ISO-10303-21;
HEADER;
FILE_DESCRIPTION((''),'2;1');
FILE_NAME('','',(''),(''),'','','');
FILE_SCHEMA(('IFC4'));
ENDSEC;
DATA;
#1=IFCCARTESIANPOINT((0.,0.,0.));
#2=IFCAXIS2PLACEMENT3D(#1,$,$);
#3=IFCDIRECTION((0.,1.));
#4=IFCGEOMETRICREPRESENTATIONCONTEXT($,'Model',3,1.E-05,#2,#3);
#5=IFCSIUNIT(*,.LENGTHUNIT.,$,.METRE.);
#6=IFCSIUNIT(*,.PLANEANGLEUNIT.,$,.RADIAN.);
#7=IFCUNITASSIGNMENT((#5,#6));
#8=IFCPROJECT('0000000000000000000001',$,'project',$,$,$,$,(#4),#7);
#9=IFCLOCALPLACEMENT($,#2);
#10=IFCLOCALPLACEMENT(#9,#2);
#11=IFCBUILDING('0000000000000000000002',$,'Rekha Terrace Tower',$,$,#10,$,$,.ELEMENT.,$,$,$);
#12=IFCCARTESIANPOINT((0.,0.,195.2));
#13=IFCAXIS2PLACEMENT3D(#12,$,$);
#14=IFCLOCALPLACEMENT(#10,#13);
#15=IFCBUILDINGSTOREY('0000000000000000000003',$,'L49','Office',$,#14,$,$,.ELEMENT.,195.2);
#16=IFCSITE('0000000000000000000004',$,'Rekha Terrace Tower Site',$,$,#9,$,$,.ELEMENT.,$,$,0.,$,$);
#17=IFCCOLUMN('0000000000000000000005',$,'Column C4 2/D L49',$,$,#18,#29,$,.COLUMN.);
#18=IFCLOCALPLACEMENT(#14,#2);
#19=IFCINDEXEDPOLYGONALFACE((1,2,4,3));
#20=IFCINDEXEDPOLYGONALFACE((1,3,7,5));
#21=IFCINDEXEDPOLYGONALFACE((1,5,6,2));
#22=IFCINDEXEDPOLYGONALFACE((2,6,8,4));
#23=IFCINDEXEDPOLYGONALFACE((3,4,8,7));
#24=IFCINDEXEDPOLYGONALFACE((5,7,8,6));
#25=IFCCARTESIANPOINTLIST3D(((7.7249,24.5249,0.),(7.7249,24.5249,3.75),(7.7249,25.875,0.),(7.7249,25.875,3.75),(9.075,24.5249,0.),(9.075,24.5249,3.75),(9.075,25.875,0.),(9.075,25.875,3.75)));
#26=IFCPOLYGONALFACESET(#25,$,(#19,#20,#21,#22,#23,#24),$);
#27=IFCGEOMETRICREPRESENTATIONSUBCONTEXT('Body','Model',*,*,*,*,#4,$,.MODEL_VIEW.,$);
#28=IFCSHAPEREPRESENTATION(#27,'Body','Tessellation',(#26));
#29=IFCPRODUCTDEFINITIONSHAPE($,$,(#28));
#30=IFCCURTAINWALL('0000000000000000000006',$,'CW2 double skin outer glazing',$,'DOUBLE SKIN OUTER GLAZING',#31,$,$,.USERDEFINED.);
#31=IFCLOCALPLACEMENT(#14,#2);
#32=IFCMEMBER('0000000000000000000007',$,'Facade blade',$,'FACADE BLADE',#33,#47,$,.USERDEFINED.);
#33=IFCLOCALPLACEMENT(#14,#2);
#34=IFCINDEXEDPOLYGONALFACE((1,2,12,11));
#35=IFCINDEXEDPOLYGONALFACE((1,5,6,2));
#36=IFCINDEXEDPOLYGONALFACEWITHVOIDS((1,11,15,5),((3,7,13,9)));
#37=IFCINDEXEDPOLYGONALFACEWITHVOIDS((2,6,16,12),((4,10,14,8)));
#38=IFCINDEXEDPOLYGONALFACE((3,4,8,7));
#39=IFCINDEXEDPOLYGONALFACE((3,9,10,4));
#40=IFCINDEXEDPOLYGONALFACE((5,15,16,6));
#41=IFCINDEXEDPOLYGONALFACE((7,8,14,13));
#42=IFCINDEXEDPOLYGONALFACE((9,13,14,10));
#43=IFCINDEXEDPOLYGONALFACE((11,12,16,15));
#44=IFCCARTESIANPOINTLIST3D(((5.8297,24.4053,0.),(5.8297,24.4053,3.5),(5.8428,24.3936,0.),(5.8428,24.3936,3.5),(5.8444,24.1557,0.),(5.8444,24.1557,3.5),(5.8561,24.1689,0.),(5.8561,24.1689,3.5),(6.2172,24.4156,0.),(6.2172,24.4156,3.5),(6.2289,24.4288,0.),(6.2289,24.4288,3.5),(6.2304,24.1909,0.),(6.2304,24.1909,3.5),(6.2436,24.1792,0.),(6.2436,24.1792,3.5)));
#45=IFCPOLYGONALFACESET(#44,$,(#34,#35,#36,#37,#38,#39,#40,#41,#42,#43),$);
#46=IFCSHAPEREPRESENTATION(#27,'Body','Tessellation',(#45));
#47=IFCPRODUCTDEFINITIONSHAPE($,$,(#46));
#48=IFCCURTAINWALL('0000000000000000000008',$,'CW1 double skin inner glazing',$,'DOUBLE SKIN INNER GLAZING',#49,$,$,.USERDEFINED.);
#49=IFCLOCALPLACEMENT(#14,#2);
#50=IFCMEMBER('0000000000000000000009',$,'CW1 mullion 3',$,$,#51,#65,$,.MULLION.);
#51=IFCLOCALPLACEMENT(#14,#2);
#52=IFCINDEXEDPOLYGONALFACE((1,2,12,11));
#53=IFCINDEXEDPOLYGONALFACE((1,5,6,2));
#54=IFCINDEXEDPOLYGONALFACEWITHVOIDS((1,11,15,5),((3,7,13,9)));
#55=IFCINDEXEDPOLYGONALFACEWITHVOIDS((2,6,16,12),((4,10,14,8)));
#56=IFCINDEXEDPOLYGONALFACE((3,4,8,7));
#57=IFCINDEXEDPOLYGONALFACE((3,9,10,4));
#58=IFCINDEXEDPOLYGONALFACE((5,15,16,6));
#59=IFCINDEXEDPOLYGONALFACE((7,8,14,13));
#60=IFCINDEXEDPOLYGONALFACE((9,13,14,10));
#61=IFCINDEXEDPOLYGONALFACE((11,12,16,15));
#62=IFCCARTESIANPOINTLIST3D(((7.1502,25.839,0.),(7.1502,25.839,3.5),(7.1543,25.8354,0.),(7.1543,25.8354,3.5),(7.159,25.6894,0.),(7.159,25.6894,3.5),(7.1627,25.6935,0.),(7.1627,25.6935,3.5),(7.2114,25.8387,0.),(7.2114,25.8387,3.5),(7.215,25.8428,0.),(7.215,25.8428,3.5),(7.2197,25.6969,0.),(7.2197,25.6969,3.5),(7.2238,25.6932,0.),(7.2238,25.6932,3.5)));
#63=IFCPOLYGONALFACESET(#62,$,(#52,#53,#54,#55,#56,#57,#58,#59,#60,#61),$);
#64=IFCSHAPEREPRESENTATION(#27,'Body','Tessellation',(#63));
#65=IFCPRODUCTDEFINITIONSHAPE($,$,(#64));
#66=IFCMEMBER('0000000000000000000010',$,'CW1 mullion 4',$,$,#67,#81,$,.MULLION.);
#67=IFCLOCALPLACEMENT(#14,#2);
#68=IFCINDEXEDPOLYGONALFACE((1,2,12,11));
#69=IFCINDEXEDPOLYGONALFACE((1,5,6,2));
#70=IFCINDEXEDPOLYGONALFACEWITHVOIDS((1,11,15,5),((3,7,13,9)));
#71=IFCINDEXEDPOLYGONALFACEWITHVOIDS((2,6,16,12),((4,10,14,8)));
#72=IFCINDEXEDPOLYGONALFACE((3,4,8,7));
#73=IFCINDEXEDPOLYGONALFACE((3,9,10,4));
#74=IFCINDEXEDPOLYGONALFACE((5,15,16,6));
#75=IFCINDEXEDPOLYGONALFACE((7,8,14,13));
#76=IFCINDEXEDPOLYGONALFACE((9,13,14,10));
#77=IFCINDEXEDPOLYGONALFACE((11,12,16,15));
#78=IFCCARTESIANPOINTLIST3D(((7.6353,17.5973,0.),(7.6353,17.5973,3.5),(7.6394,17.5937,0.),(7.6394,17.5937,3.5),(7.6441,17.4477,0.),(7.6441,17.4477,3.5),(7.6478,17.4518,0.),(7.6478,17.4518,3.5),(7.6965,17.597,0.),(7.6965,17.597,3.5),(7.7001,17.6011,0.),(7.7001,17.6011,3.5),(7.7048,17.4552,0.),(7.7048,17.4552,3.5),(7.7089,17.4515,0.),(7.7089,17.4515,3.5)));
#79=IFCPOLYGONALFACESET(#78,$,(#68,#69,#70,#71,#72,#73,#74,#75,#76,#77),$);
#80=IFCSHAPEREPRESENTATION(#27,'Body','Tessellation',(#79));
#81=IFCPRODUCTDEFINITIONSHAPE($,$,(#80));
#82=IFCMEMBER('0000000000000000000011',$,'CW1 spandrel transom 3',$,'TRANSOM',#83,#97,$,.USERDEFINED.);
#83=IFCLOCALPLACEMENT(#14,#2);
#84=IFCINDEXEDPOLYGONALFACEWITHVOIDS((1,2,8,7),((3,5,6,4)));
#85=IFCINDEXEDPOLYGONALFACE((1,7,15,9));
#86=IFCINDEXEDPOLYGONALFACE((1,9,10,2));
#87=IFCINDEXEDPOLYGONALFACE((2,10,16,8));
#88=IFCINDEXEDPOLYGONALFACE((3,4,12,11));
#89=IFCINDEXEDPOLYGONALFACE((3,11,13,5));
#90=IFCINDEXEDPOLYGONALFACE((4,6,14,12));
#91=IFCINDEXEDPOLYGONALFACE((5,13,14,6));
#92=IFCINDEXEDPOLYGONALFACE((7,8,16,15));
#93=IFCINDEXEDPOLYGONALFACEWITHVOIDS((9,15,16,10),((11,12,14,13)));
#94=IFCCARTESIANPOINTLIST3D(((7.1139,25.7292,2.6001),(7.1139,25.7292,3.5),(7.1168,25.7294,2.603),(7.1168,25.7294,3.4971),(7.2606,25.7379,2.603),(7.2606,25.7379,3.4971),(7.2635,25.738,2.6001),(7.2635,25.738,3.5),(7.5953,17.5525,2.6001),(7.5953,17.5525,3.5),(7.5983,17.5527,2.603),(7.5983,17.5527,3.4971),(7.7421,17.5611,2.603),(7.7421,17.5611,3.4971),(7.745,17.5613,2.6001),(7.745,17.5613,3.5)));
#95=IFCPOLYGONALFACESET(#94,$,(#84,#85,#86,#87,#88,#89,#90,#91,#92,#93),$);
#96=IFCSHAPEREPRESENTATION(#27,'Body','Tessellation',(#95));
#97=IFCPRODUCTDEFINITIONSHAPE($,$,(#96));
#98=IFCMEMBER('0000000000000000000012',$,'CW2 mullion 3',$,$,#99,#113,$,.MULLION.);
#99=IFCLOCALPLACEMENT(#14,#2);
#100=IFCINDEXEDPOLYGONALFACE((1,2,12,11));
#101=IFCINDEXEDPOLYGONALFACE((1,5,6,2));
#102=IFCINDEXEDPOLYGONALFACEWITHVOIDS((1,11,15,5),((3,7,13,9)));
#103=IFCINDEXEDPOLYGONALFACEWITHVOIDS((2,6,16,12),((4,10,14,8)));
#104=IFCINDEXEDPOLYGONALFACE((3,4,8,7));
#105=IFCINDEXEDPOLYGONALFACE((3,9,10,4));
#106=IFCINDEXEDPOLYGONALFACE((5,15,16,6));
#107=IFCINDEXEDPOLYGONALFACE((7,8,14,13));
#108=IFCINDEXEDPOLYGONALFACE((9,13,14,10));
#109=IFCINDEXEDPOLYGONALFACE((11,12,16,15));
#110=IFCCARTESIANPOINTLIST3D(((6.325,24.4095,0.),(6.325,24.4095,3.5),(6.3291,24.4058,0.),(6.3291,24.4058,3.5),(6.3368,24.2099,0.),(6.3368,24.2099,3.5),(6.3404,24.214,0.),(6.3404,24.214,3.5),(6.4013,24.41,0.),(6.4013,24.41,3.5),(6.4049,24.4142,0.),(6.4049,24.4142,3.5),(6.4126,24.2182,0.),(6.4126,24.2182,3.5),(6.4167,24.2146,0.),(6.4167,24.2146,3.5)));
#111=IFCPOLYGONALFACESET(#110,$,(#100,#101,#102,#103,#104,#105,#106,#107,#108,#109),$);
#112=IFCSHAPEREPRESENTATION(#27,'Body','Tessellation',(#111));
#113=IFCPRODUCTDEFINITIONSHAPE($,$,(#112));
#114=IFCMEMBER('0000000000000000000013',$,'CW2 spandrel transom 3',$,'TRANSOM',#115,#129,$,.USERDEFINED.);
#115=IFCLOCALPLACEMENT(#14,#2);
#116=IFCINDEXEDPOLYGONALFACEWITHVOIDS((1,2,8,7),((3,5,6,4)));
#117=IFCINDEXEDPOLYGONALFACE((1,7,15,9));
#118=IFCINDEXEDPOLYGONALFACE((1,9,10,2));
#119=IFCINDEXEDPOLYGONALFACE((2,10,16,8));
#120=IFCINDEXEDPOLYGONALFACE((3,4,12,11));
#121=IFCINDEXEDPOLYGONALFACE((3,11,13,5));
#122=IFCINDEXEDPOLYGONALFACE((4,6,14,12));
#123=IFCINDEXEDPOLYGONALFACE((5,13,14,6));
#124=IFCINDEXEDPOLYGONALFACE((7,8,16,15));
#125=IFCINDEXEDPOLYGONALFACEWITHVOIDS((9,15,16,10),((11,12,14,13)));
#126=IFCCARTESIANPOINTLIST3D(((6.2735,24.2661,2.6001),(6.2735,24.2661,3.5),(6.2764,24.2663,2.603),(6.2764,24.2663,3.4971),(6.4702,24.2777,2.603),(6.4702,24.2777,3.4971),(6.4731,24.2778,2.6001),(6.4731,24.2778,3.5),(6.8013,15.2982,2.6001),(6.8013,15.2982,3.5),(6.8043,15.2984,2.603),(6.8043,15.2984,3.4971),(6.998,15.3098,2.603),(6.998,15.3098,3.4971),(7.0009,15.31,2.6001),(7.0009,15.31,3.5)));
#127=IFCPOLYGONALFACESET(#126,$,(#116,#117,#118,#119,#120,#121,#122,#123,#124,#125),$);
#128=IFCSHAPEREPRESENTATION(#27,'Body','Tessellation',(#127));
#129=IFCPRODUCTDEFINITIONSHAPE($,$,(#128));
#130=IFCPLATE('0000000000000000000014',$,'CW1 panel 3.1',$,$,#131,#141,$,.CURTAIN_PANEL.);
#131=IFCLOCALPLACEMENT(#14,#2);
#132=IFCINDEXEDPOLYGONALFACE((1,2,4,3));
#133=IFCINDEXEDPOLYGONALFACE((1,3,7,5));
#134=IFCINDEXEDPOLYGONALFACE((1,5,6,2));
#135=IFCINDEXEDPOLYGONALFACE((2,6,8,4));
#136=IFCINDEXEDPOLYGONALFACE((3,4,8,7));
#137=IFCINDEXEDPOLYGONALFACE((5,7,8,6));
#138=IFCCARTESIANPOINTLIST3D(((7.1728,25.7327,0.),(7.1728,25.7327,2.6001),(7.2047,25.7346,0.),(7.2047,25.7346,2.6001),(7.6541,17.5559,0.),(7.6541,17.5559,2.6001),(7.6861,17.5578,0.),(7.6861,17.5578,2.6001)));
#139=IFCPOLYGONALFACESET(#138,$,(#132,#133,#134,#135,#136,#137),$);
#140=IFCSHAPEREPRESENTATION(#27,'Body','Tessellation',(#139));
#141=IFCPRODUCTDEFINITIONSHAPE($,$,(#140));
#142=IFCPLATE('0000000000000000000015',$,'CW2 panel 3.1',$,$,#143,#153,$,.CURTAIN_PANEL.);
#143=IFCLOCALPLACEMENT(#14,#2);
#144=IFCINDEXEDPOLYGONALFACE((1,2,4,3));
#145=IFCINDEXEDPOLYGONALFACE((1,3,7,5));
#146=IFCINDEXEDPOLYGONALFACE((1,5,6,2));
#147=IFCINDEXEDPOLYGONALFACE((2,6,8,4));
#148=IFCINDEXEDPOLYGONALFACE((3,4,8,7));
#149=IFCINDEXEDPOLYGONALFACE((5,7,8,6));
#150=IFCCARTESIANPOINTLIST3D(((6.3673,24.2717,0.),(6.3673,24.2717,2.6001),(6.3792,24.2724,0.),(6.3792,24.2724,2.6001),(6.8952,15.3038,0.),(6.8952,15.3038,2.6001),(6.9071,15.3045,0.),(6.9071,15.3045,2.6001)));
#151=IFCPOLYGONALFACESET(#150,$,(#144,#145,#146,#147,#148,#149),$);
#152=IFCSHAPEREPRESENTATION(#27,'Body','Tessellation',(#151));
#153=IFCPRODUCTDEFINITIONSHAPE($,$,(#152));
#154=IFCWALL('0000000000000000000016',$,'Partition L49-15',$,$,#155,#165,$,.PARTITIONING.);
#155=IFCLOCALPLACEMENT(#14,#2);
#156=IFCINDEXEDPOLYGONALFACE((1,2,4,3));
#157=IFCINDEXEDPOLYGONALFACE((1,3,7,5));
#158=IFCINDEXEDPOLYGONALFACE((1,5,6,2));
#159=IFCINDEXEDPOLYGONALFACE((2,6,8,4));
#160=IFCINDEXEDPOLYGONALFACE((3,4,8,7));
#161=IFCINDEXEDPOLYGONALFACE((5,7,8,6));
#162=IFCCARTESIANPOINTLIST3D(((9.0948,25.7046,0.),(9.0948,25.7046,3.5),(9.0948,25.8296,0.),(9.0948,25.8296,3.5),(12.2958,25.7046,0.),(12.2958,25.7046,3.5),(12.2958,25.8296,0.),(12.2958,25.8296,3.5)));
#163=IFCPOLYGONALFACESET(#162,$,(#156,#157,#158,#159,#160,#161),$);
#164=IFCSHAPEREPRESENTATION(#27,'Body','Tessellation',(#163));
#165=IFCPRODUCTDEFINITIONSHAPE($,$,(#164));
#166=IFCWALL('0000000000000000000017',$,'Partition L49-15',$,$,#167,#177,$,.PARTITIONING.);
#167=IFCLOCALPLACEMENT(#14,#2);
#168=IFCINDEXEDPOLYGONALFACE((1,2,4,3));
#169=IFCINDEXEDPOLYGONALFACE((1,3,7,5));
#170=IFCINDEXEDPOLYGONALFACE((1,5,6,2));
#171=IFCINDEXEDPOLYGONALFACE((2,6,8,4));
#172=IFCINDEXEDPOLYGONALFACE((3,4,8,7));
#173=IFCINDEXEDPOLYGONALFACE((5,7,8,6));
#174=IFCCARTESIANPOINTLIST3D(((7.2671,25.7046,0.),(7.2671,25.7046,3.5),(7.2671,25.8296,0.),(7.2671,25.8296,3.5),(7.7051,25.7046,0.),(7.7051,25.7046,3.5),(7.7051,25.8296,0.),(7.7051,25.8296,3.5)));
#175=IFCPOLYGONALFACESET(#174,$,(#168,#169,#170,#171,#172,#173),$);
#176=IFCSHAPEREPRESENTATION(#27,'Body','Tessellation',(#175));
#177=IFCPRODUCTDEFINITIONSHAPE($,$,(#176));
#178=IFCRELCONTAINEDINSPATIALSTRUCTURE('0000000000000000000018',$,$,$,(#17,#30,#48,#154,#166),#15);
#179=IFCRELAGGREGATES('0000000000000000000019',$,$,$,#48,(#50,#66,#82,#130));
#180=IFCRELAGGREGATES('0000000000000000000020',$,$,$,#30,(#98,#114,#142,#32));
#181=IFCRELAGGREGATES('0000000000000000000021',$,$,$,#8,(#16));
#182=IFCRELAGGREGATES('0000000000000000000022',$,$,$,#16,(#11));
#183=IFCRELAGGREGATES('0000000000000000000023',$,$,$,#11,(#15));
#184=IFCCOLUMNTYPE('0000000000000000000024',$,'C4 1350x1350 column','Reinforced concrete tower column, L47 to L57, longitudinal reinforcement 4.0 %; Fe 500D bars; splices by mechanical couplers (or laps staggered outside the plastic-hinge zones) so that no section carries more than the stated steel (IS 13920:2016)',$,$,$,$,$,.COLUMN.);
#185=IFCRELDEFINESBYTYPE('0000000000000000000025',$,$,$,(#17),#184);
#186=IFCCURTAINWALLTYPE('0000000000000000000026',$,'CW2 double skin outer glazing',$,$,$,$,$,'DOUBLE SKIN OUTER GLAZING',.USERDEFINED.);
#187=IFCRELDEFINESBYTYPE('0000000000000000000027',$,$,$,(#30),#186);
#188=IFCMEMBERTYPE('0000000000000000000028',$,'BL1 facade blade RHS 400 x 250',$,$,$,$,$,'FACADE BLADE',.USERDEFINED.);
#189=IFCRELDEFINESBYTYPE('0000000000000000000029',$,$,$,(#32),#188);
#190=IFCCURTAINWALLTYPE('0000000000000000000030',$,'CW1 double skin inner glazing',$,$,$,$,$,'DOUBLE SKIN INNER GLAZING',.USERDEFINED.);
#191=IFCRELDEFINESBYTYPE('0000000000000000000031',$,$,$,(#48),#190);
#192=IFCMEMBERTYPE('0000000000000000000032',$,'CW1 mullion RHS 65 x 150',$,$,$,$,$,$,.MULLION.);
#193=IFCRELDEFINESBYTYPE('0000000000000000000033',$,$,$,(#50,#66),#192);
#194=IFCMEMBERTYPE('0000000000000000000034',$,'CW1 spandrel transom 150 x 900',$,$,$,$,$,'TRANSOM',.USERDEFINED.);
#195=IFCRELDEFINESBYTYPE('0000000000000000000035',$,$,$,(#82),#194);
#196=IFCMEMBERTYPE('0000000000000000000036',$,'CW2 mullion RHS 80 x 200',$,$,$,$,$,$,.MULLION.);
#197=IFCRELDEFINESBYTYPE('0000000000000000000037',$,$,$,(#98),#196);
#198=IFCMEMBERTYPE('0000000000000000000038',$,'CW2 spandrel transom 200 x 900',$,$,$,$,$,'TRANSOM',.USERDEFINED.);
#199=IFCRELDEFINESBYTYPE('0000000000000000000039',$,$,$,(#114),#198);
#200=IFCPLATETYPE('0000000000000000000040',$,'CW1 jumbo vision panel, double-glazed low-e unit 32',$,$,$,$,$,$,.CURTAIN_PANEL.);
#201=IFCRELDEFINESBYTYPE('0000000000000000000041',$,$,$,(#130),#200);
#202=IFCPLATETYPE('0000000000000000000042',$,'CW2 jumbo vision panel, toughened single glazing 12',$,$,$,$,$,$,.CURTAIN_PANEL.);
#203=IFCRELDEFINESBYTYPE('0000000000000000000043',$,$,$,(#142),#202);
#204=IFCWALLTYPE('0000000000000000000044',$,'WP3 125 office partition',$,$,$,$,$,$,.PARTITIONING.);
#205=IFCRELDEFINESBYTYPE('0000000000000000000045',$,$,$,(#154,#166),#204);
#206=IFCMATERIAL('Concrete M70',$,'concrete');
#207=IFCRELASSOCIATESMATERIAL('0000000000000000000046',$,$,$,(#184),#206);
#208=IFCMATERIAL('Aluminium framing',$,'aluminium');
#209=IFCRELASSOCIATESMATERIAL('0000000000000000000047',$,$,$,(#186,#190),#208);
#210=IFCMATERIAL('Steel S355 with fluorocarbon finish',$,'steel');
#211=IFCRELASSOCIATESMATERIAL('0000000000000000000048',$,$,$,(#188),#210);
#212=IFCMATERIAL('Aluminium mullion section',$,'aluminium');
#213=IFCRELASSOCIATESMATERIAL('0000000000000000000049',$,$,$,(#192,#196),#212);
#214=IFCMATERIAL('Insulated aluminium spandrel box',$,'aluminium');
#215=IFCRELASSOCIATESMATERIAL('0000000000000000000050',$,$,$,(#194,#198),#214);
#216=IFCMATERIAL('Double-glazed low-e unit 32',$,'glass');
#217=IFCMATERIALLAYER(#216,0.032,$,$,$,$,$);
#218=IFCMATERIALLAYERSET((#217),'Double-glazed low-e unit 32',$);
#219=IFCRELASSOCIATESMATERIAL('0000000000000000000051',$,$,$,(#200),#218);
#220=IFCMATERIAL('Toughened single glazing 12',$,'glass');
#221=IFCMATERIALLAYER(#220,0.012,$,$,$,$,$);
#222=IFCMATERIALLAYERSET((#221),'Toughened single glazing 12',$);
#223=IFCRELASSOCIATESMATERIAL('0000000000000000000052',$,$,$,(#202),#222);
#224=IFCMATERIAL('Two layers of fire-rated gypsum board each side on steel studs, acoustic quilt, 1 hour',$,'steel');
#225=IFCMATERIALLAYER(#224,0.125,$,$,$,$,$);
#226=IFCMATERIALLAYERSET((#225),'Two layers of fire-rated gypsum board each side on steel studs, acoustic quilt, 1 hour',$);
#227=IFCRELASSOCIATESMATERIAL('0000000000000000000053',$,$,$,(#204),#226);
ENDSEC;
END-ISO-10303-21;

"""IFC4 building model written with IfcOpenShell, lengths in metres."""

from ifc_helpers import new_model, si_unit, direction, frame, frame_2d, origin, origin_2d, place, context, subcontext, project, spatial, rectangle, hollow_rectangle, extrude, material, layer, layer_set, material_profile, profile_set, type_object, element, aggregate, save


model = new_model("IFC4")

# Units and contexts
model_context = context("Model", 3, precision=1e-05, world=origin(), true_north=direction((0.0, 1.0)))
body_context = subcontext(model_context, "Body", "Model", "MODEL_VIEW")
ifc_project = project(units=[si_unit("LENGTHUNIT", "METRE"), si_unit("PLANEANGLEUNIT", "RADIAN")], contexts=[model_context])

# Site, building, storey
site_placement = place(None, origin())
site = spatial("IfcSite", under=ifc_project, at=site_placement, Name="Rekha Terrace Tower Site", CompositionType="ELEMENT", RefElevation=0.0)
building_placement = place(site_placement, origin())
building = spatial("IfcBuilding", under=site, at=building_placement, Name="Rekha Terrace Tower", CompositionType="ELEMENT")
storey_placement = place(building_placement, frame((0.0, 0.0, 195.2)))
storey = spatial("IfcBuildingStorey", under=building, at=storey_placement, Name="L49", Description="Office", CompositionType="ELEMENT", Elevation=195.2)

# Column
ifc_material_1 = material(Name="Concrete M70", Category="concrete")
ifc_material_profile_1 = material_profile(ifc_material_1, rectangle(XDim=1.3501, YDim=1.3501, at=origin_2d()), Name="RC 1350x1350")
ifc_profile_set_1 = profile_set([ifc_material_profile_1], Name="Concrete M70")
column_type = type_object("IfcColumnType", Name="C4 1350x1350 column", Description="Reinforced concrete tower column, L47 to L57, longitudinal reinforcement 4.0 %; Fe 500D bars; splices by mechanical couplers (or laps staggered outside the plastic-hinge zones) so that no section carries more than the stated steel (IS 13920:2016)", PredefinedType="COLUMN", material=ifc_profile_set_1)
column_placement = place(storey_placement, frame((8.3999, 25.2, 0.0), z_axis=(0.0, 0.0, 1.0), x_axis=(1.0, 0.0, 0.0)))
element("IfcColumn", 1, at=column_placement, inside=storey, type_object=column_type, Name="Column C4 2/D L49", PredefinedType="COLUMN", context=body_context, shape_type="SweptSolid", body=[
    extrude(rectangle(XDim=1.3501, YDim=1.3501, at=origin_2d()), origin(), (0.0, 0.0, 1.0), 3.75),
])

# Curtain wall, member
ifc_material_2 = material(Name="Aluminium framing", Category="aluminium")
curtain_wall_type_1 = type_object("IfcCurtainWallType", Name="CW2 double skin outer glazing", ElementType="DOUBLE SKIN OUTER GLAZING", PredefinedType="USERDEFINED", material=ifc_material_2)
curtain_wall_1_placement = place(storey_placement, origin())
curtain_wall_1 = element("IfcCurtainWall", 2, at=curtain_wall_1_placement, inside=storey, type_object=curtain_wall_type_1, Name="CW2 double skin outer glazing", ObjectType="DOUBLE SKIN OUTER GLAZING", PredefinedType="USERDEFINED")
ifc_material_3 = material(Name="Steel S355 with fluorocarbon finish", Category="steel")
ifc_material_profile_2 = material_profile(ifc_material_3, hollow_rectangle(XDim=0.25, YDim=0.3999, WallThickness=0.0125, at=origin_2d()), Name="RHS400x250x12.5")
ifc_profile_set_2 = profile_set([ifc_material_profile_2], Name="Steel S355 with fluorocarbon finish")
member_type_1 = type_object("IfcMemberType", Name="BL1 facade blade RHS 400 x 250", ElementType="FACADE BLADE", PredefinedType="USERDEFINED", material=ifc_profile_set_2)
member_1_placement = place(storey_placement, frame((6.0366, 24.2922, 0.0), z_axis=(0.0, 0.0, 1.0), x_axis=(0.058765, -0.998272, 0.0)))
member_1 = element("IfcMember", 3, at=member_1_placement, type_object=member_type_1, Name="Facade blade", ObjectType="FACADE BLADE", PredefinedType="USERDEFINED", context=body_context, shape_type="SweptSolid", body=[
    extrude(hollow_rectangle(XDim=0.25, YDim=0.3999, WallThickness=0.0125, at=origin_2d()), origin(), (0.0, 0.0, 1.0), 3.5),
])

# Curtain wall, members
curtain_wall_type_2 = type_object("IfcCurtainWallType", Name="CW1 double skin inner glazing", ElementType="DOUBLE SKIN INNER GLAZING", PredefinedType="USERDEFINED", material=ifc_material_2)
curtain_wall_2_placement = place(storey_placement, origin())
curtain_wall_2 = element("IfcCurtainWall", 4, at=curtain_wall_2_placement, inside=storey, type_object=curtain_wall_type_2, Name="CW1 double skin inner glazing", ObjectType="DOUBLE SKIN INNER GLAZING", PredefinedType="USERDEFINED")
ifc_material_4 = material(Name="Aluminium mullion section", Category="aluminium")
ifc_material_profile_3 = material_profile(ifc_material_4, hollow_rectangle(XDim=0.0649, YDim=0.1499, WallThickness=0.0039, at=origin_2d()), Name="AL RHS 65x150")
ifc_profile_set_3 = profile_set([ifc_material_profile_3], Name="Aluminium mullion section")
member_type_2 = type_object("IfcMemberType", Name="CW1 mullion RHS 65 x 150", PredefinedType="MULLION", material=ifc_profile_set_3)
member_2_placement = place(storey_placement, frame((7.187, 25.7661, 0.0), z_axis=(0.0, 0.0, 1.0), x_axis=(0.998272, 0.058765, 0.0)))
member_2 = element("IfcMember", 5, at=member_2_placement, type_object=member_type_2, Name="CW1 mullion 3", PredefinedType="MULLION", context=body_context, shape_type="SweptSolid", body=[
    extrude(hollow_rectangle(XDim=0.0649, YDim=0.1499, WallThickness=0.0039, at=origin_2d()), origin(), (0.0, 0.0, 1.0), 3.5),
])
member_3_placement = place(storey_placement, frame((7.6721, 17.5244, 0.0), z_axis=(0.0, 0.0, 1.0), x_axis=(0.998272, 0.058765, 0.0)))
member_3 = element("IfcMember", 6, at=member_3_placement, type_object=member_type_2, Name="CW1 mullion 4", PredefinedType="MULLION", context=body_context, shape_type="SweptSolid", body=[
    extrude(hollow_rectangle(XDim=0.0649, YDim=0.1499, WallThickness=0.0039, at=origin_2d()), origin(), (0.0, 0.0, 1.0), 3.5),
])
ifc_material_5 = material(Name="Insulated aluminium spandrel box", Category="aluminium")
ifc_material_profile_4 = material_profile(ifc_material_5, hollow_rectangle(XDim=0.1499, YDim=0.8999, WallThickness=0.0029, at=origin_2d()), Name="AL SPANDREL BOX 150x900")
ifc_profile_set_4 = profile_set([ifc_material_profile_4], Name="Insulated aluminium spandrel box")
member_type_3 = type_object("IfcMemberType", Name="CW1 spandrel transom 150 x 900", ElementType="TRANSOM", PredefinedType="USERDEFINED", material=ifc_profile_set_4)
member_4_placement = place(storey_placement, frame((7.1887, 25.7336, 3.05), z_axis=(0.058778, -0.998271, 0.0), x_axis=(0.998271, 0.058778, 0.0)))
member_4 = element("IfcMember", 7, at=member_4_placement, type_object=member_type_3, Name="CW1 spandrel transom 3", ObjectType="TRANSOM", PredefinedType="USERDEFINED", context=body_context, shape_type="SweptSolid", body=[
    extrude(hollow_rectangle(XDim=0.1499, YDim=0.8999, WallThickness=0.0029, at=origin_2d()), origin(), (0.0, 0.0, 1.0), 8.1909),
])

# Members
ifc_material_profile_5 = material_profile(ifc_material_4, hollow_rectangle(XDim=0.0801, YDim=0.2, WallThickness=0.0039, at=origin_2d()), Name="AL RHS 80x200")
ifc_profile_set_5 = profile_set([ifc_material_profile_5], Name="Aluminium mullion section")
member_type_4 = type_object("IfcMemberType", Name="CW2 mullion RHS 80 x 200", PredefinedType="MULLION", material=ifc_profile_set_5)
member_5_placement = place(storey_placement, frame((6.3708, 24.312, 0.0), z_axis=(0.0, 0.0, 1.0), x_axis=(0.998272, 0.058765, 0.0)))
member_5 = element("IfcMember", 8, at=member_5_placement, type_object=member_type_4, Name="CW2 mullion 3", PredefinedType="MULLION", context=body_context, shape_type="SweptSolid", body=[
    extrude(hollow_rectangle(XDim=0.0801, YDim=0.2, WallThickness=0.0039, at=origin_2d()), origin(), (0.0, 0.0, 1.0), 3.5),
])
ifc_material_profile_6 = material_profile(ifc_material_5, hollow_rectangle(XDim=0.2, YDim=0.8999, WallThickness=0.0029, at=origin_2d()), Name="AL SPANDREL BOX 200x900")
ifc_profile_set_6 = profile_set([ifc_material_profile_6], Name="Insulated aluminium spandrel box")
member_type_5 = type_object("IfcMemberType", Name="CW2 spandrel transom 200 x 900", ElementType="TRANSOM", PredefinedType="USERDEFINED", material=ifc_profile_set_6)
member_6_placement = place(storey_placement, frame((6.3733, 24.272, 3.05), z_axis=(0.058757, -0.998272, 0.0), x_axis=(0.998272, 0.058757, 0.0)))
member_6 = element("IfcMember", 9, at=member_6_placement, type_object=member_type_5, Name="CW2 spandrel transom 3", ObjectType="TRANSOM", PredefinedType="USERDEFINED", context=body_context, shape_type="SweptSolid", body=[
    extrude(hollow_rectangle(XDim=0.2, YDim=0.8999, WallThickness=0.0029, at=origin_2d()), origin(), (0.0, 0.0, 1.0), 8.9834),
])

# Plates
ifc_material_6 = material(Name="Double-glazed low-e unit 32", Category="glass")
ifc_layer_1 = layer(ifc_material_6, 0.032)
ifc_layer_set_1 = layer_set([ifc_layer_1], Name="Double-glazed low-e unit 32")
plate_type_1 = type_object("IfcPlateType", Name="CW1 jumbo vision panel, double-glazed low-e unit 32", PredefinedType="CURTAIN_PANEL", material=ifc_layer_set_1)
plate_1_placement = place(storey_placement, frame((7.4294, 21.6453, 0.0), z_axis=(0.0, 0.0, 1.0), x_axis=(0.058765, -0.998272, 0.0)))
plate_1 = element("IfcPlate", 10, at=plate_1_placement, type_object=plate_type_1, Name="CW1 panel 3.1", PredefinedType="CURTAIN_PANEL", context=body_context, shape_type="SweptSolid", body=[
    extrude(rectangle(XDim=8.1909, YDim=0.032, at=origin_2d()), origin(), (0.0, 0.0, 1.0), 2.6001),
])
aggregate(curtain_wall_2, [member_2, member_3, member_4, plate_1])
ifc_material_7 = material(Name="Toughened single glazing 12", Category="glass")
ifc_layer_2 = layer(ifc_material_7, 0.012)
ifc_layer_set_2 = layer_set([ifc_layer_2], Name="Toughened single glazing 12")
plate_type_2 = type_object("IfcPlateType", Name="CW2 jumbo vision panel, toughened single glazing 12", PredefinedType="CURTAIN_PANEL", material=ifc_layer_set_2)
plate_2_placement = place(storey_placement, frame((6.6372, 19.7881, 0.0), z_axis=(0.0, 0.0, 1.0), x_axis=(0.058765, -0.998272, 0.0)))
plate_2 = element("IfcPlate", 11, at=plate_2_placement, type_object=plate_type_2, Name="CW2 panel 3.1", PredefinedType="CURTAIN_PANEL", context=body_context, shape_type="SweptSolid", body=[
    extrude(rectangle(XDim=8.9834, YDim=0.012, at=origin_2d()), origin(), (0.0, 0.0, 1.0), 2.6001),
])
aggregate(curtain_wall_1, [member_5, member_6, plate_2, member_1])

# Walls
ifc_material_8 = material(Name="Two layers of fire-rated gypsum board each side on steel studs, acoustic quilt, 1 hour", Category="steel")
ifc_layer_3 = layer(ifc_material_8, 0.125)
ifc_layer_set_3 = layer_set([ifc_layer_3], Name="Two layers of fire-rated gypsum board each side on steel studs, acoustic quilt, 1 hour")
wall_type = type_object("IfcWallType", Name="WP3 125 office partition", PredefinedType="PARTITIONING", material=ifc_layer_set_3)
wall_1_placement = place(storey_placement, frame((12.2959, 25.7671, 0.0), z_axis=(0.0, 0.0, 1.0), x_axis=(-1.0, 0.0, 0.0)))
element("IfcWall", 12, at=wall_1_placement, inside=storey, type_object=wall_type, Name="Partition L49-15", PredefinedType="PARTITIONING", context=body_context, shape_type="SweptSolid", body=[
    extrude(rectangle(XDim=3.2009, YDim=0.125, at=frame_2d((1.6006, 0.0))), origin(), (0.0, 0.0, 1.0), 3.5),
])
wall_2_placement = place(storey_placement, frame((7.7051, 25.7671, 0.0), z_axis=(0.0, 0.0, 1.0), x_axis=(-1.0, 0.0, 0.0)))
element("IfcWall", 13, at=wall_2_placement, inside=storey, type_object=wall_type, Name="Partition L49-15", PredefinedType="PARTITIONING", context=body_context, shape_type="SweptSolid", body=[
    extrude(rectangle(XDim=0.438, YDim=0.125, at=frame_2d((0.219, 0.0))), origin(), (0.0, 0.0, 1.0), 3.5),
])

save(model, "model.ifc")
